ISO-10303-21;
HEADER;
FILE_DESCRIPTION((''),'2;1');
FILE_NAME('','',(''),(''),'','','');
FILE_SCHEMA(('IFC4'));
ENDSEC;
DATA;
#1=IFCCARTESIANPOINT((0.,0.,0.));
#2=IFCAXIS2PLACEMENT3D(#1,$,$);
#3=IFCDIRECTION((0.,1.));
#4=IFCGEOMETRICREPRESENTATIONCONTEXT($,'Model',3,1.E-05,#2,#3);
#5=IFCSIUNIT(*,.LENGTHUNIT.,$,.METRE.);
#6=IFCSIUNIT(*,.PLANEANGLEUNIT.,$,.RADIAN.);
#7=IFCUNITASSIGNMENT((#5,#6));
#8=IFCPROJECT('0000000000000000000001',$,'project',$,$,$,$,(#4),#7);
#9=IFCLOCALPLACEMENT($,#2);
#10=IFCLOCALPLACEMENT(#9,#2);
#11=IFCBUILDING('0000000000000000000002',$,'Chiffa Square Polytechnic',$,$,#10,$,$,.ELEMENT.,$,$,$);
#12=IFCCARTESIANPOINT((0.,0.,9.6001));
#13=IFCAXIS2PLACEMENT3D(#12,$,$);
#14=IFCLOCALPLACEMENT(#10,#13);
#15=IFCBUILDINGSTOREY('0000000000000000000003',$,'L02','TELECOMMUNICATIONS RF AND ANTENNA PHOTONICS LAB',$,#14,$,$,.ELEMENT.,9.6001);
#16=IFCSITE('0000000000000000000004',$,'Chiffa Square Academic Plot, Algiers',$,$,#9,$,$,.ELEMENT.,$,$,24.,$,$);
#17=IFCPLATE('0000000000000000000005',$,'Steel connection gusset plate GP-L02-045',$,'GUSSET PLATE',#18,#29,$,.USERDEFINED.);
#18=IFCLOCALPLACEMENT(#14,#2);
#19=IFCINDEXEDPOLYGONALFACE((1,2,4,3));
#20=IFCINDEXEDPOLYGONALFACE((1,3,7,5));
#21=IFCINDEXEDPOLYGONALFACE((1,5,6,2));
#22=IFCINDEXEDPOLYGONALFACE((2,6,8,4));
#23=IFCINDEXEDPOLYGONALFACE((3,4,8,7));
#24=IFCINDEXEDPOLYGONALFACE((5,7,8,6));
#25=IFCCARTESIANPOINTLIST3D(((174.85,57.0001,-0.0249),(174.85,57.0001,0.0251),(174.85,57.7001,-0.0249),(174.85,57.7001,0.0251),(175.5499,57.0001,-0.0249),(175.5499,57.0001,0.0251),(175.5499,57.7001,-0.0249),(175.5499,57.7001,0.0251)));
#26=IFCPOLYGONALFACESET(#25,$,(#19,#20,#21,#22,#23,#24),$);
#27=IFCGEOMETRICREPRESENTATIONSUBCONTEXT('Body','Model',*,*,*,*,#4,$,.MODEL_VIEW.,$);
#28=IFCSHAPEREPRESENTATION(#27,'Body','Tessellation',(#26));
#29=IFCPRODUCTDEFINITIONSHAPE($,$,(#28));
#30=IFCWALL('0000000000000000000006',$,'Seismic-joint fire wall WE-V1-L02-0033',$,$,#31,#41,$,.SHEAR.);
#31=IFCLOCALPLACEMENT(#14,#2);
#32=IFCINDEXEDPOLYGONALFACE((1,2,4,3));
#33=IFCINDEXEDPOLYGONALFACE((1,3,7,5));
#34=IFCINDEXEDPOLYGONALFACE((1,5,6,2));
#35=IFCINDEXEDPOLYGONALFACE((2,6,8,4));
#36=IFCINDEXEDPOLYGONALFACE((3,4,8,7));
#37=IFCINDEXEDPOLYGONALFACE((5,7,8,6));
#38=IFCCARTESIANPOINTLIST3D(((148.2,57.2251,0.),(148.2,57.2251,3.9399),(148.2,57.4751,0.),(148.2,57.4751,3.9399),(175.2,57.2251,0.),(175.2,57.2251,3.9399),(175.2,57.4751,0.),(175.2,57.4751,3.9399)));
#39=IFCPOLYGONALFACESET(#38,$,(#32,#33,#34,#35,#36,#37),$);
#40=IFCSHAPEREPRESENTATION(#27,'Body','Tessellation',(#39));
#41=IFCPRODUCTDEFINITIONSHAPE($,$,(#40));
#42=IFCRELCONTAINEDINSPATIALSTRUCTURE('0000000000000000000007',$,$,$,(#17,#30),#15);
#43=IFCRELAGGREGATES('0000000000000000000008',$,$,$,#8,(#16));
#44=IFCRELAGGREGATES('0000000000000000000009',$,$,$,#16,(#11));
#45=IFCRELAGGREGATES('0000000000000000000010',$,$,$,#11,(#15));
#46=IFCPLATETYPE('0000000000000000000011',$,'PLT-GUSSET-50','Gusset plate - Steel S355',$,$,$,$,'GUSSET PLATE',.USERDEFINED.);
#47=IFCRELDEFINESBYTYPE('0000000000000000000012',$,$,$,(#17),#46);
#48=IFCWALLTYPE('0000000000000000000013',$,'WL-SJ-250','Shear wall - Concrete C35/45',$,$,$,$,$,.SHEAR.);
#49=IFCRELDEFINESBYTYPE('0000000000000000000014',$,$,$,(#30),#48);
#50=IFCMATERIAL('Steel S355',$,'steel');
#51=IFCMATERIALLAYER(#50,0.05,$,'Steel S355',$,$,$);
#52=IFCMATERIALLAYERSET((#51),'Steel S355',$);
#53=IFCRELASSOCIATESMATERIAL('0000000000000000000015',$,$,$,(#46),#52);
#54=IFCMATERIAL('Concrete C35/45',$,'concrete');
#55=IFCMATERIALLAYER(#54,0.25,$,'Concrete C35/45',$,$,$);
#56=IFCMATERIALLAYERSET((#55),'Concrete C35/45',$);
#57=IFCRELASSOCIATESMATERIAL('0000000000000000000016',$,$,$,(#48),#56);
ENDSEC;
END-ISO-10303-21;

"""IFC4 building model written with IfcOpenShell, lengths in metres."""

from ifc_helpers import new_model, si_unit, direction, frame, frame_2d, origin, origin_2d, place, context, subcontext, project, spatial, rectangle, extrude, material, layer, layer_set, type_object, element, save


model = new_model("IFC4")

# Units and contexts
model_context = context("Model", 3, precision=1e-05, world=origin(), true_north=direction((0.0, 1.0)))
body_context = subcontext(model_context, "Body", "Model", "MODEL_VIEW")
ifc_project = project(units=[si_unit("LENGTHUNIT", "METRE"), si_unit("PLANEANGLEUNIT", "RADIAN")], contexts=[model_context])

# Site, building, storey
site_placement = place(None, origin())
site = spatial("IfcSite", under=ifc_project, at=site_placement, Name="Chiffa Square Academic Plot, Algiers", CompositionType="ELEMENT", RefElevation=24.0)
building_placement = place(site_placement, origin())
building = spatial("IfcBuilding", under=site, at=building_placement, Name="Chiffa Square Polytechnic", CompositionType="ELEMENT")
storey_placement = place(building_placement, frame((0.0, 0.0, 9.6001)))
storey = spatial("IfcBuildingStorey", under=building, at=storey_placement, Name="L02", Description="TELECOMMUNICATIONS RF AND ANTENNA PHOTONICS LAB", CompositionType="ELEMENT", Elevation=9.6001)

# Plate
ifc_material_1 = material(Name="Steel S355", Category="steel")
ifc_layer_1 = layer(ifc_material_1, 0.05, Name="Steel S355")
ifc_layer_set_1 = layer_set([ifc_layer_1], Name="Steel S355")
plate_type_1 = type_object("IfcPlateType", Name="PLT-GUSSET-50", Description="Gusset plate - Steel S355", ElementType="GUSSET PLATE", PredefinedType="USERDEFINED", material=ifc_layer_set_1)
plate_1_placement = place(storey_placement, frame((175.2, 57.3501, -0.0249), z_axis=(0.0, 0.0, 1.0), x_axis=(1.0, 0.0, 0.0)))
element("IfcPlate", 1, at=plate_1_placement, inside=storey, type_object=plate_type_1, Name="Steel connection gusset plate GP-L02-045", ObjectType="GUSSET PLATE", PredefinedType="USERDEFINED", context=body_context, shape_type="SweptSolid", body=[
    extrude(rectangle(XDim=0.7, YDim=0.7, at=origin_2d()), origin(), (0.0, 0.0, 1.0), 0.05),
])

# Wall
ifc_material_2 = material(Name="Concrete C35/45", Category="concrete")
ifc_layer_2 = layer(ifc_material_2, 0.25, Name="Concrete C35/45")
ifc_layer_set_2 = layer_set([ifc_layer_2], Name="Concrete C35/45")
wall_type = type_object("IfcWallType", Name="WL-SJ-250", Description="Shear wall - Concrete C35/45", PredefinedType="SHEAR", material=ifc_layer_set_2)
wall_placement = place(storey_placement, frame((175.2, 57.3501, 0.0), z_axis=(0.0, 0.0, 1.0), x_axis=(-1.0, 0.0, 0.0)))
element("IfcWall", 2, at=wall_placement, inside=storey, type_object=wall_type, Name="Seismic-joint fire wall WE-V1-L02-0033", PredefinedType="SHEAR", context=body_context, shape_type="SweptSolid", body=[
    extrude(rectangle(XDim=27.0, YDim=0.25, at=frame_2d((13.5, 0.0))), origin(), (0.0, 0.0, 1.0), 3.9399),
])

save(model, "model.ifc")
